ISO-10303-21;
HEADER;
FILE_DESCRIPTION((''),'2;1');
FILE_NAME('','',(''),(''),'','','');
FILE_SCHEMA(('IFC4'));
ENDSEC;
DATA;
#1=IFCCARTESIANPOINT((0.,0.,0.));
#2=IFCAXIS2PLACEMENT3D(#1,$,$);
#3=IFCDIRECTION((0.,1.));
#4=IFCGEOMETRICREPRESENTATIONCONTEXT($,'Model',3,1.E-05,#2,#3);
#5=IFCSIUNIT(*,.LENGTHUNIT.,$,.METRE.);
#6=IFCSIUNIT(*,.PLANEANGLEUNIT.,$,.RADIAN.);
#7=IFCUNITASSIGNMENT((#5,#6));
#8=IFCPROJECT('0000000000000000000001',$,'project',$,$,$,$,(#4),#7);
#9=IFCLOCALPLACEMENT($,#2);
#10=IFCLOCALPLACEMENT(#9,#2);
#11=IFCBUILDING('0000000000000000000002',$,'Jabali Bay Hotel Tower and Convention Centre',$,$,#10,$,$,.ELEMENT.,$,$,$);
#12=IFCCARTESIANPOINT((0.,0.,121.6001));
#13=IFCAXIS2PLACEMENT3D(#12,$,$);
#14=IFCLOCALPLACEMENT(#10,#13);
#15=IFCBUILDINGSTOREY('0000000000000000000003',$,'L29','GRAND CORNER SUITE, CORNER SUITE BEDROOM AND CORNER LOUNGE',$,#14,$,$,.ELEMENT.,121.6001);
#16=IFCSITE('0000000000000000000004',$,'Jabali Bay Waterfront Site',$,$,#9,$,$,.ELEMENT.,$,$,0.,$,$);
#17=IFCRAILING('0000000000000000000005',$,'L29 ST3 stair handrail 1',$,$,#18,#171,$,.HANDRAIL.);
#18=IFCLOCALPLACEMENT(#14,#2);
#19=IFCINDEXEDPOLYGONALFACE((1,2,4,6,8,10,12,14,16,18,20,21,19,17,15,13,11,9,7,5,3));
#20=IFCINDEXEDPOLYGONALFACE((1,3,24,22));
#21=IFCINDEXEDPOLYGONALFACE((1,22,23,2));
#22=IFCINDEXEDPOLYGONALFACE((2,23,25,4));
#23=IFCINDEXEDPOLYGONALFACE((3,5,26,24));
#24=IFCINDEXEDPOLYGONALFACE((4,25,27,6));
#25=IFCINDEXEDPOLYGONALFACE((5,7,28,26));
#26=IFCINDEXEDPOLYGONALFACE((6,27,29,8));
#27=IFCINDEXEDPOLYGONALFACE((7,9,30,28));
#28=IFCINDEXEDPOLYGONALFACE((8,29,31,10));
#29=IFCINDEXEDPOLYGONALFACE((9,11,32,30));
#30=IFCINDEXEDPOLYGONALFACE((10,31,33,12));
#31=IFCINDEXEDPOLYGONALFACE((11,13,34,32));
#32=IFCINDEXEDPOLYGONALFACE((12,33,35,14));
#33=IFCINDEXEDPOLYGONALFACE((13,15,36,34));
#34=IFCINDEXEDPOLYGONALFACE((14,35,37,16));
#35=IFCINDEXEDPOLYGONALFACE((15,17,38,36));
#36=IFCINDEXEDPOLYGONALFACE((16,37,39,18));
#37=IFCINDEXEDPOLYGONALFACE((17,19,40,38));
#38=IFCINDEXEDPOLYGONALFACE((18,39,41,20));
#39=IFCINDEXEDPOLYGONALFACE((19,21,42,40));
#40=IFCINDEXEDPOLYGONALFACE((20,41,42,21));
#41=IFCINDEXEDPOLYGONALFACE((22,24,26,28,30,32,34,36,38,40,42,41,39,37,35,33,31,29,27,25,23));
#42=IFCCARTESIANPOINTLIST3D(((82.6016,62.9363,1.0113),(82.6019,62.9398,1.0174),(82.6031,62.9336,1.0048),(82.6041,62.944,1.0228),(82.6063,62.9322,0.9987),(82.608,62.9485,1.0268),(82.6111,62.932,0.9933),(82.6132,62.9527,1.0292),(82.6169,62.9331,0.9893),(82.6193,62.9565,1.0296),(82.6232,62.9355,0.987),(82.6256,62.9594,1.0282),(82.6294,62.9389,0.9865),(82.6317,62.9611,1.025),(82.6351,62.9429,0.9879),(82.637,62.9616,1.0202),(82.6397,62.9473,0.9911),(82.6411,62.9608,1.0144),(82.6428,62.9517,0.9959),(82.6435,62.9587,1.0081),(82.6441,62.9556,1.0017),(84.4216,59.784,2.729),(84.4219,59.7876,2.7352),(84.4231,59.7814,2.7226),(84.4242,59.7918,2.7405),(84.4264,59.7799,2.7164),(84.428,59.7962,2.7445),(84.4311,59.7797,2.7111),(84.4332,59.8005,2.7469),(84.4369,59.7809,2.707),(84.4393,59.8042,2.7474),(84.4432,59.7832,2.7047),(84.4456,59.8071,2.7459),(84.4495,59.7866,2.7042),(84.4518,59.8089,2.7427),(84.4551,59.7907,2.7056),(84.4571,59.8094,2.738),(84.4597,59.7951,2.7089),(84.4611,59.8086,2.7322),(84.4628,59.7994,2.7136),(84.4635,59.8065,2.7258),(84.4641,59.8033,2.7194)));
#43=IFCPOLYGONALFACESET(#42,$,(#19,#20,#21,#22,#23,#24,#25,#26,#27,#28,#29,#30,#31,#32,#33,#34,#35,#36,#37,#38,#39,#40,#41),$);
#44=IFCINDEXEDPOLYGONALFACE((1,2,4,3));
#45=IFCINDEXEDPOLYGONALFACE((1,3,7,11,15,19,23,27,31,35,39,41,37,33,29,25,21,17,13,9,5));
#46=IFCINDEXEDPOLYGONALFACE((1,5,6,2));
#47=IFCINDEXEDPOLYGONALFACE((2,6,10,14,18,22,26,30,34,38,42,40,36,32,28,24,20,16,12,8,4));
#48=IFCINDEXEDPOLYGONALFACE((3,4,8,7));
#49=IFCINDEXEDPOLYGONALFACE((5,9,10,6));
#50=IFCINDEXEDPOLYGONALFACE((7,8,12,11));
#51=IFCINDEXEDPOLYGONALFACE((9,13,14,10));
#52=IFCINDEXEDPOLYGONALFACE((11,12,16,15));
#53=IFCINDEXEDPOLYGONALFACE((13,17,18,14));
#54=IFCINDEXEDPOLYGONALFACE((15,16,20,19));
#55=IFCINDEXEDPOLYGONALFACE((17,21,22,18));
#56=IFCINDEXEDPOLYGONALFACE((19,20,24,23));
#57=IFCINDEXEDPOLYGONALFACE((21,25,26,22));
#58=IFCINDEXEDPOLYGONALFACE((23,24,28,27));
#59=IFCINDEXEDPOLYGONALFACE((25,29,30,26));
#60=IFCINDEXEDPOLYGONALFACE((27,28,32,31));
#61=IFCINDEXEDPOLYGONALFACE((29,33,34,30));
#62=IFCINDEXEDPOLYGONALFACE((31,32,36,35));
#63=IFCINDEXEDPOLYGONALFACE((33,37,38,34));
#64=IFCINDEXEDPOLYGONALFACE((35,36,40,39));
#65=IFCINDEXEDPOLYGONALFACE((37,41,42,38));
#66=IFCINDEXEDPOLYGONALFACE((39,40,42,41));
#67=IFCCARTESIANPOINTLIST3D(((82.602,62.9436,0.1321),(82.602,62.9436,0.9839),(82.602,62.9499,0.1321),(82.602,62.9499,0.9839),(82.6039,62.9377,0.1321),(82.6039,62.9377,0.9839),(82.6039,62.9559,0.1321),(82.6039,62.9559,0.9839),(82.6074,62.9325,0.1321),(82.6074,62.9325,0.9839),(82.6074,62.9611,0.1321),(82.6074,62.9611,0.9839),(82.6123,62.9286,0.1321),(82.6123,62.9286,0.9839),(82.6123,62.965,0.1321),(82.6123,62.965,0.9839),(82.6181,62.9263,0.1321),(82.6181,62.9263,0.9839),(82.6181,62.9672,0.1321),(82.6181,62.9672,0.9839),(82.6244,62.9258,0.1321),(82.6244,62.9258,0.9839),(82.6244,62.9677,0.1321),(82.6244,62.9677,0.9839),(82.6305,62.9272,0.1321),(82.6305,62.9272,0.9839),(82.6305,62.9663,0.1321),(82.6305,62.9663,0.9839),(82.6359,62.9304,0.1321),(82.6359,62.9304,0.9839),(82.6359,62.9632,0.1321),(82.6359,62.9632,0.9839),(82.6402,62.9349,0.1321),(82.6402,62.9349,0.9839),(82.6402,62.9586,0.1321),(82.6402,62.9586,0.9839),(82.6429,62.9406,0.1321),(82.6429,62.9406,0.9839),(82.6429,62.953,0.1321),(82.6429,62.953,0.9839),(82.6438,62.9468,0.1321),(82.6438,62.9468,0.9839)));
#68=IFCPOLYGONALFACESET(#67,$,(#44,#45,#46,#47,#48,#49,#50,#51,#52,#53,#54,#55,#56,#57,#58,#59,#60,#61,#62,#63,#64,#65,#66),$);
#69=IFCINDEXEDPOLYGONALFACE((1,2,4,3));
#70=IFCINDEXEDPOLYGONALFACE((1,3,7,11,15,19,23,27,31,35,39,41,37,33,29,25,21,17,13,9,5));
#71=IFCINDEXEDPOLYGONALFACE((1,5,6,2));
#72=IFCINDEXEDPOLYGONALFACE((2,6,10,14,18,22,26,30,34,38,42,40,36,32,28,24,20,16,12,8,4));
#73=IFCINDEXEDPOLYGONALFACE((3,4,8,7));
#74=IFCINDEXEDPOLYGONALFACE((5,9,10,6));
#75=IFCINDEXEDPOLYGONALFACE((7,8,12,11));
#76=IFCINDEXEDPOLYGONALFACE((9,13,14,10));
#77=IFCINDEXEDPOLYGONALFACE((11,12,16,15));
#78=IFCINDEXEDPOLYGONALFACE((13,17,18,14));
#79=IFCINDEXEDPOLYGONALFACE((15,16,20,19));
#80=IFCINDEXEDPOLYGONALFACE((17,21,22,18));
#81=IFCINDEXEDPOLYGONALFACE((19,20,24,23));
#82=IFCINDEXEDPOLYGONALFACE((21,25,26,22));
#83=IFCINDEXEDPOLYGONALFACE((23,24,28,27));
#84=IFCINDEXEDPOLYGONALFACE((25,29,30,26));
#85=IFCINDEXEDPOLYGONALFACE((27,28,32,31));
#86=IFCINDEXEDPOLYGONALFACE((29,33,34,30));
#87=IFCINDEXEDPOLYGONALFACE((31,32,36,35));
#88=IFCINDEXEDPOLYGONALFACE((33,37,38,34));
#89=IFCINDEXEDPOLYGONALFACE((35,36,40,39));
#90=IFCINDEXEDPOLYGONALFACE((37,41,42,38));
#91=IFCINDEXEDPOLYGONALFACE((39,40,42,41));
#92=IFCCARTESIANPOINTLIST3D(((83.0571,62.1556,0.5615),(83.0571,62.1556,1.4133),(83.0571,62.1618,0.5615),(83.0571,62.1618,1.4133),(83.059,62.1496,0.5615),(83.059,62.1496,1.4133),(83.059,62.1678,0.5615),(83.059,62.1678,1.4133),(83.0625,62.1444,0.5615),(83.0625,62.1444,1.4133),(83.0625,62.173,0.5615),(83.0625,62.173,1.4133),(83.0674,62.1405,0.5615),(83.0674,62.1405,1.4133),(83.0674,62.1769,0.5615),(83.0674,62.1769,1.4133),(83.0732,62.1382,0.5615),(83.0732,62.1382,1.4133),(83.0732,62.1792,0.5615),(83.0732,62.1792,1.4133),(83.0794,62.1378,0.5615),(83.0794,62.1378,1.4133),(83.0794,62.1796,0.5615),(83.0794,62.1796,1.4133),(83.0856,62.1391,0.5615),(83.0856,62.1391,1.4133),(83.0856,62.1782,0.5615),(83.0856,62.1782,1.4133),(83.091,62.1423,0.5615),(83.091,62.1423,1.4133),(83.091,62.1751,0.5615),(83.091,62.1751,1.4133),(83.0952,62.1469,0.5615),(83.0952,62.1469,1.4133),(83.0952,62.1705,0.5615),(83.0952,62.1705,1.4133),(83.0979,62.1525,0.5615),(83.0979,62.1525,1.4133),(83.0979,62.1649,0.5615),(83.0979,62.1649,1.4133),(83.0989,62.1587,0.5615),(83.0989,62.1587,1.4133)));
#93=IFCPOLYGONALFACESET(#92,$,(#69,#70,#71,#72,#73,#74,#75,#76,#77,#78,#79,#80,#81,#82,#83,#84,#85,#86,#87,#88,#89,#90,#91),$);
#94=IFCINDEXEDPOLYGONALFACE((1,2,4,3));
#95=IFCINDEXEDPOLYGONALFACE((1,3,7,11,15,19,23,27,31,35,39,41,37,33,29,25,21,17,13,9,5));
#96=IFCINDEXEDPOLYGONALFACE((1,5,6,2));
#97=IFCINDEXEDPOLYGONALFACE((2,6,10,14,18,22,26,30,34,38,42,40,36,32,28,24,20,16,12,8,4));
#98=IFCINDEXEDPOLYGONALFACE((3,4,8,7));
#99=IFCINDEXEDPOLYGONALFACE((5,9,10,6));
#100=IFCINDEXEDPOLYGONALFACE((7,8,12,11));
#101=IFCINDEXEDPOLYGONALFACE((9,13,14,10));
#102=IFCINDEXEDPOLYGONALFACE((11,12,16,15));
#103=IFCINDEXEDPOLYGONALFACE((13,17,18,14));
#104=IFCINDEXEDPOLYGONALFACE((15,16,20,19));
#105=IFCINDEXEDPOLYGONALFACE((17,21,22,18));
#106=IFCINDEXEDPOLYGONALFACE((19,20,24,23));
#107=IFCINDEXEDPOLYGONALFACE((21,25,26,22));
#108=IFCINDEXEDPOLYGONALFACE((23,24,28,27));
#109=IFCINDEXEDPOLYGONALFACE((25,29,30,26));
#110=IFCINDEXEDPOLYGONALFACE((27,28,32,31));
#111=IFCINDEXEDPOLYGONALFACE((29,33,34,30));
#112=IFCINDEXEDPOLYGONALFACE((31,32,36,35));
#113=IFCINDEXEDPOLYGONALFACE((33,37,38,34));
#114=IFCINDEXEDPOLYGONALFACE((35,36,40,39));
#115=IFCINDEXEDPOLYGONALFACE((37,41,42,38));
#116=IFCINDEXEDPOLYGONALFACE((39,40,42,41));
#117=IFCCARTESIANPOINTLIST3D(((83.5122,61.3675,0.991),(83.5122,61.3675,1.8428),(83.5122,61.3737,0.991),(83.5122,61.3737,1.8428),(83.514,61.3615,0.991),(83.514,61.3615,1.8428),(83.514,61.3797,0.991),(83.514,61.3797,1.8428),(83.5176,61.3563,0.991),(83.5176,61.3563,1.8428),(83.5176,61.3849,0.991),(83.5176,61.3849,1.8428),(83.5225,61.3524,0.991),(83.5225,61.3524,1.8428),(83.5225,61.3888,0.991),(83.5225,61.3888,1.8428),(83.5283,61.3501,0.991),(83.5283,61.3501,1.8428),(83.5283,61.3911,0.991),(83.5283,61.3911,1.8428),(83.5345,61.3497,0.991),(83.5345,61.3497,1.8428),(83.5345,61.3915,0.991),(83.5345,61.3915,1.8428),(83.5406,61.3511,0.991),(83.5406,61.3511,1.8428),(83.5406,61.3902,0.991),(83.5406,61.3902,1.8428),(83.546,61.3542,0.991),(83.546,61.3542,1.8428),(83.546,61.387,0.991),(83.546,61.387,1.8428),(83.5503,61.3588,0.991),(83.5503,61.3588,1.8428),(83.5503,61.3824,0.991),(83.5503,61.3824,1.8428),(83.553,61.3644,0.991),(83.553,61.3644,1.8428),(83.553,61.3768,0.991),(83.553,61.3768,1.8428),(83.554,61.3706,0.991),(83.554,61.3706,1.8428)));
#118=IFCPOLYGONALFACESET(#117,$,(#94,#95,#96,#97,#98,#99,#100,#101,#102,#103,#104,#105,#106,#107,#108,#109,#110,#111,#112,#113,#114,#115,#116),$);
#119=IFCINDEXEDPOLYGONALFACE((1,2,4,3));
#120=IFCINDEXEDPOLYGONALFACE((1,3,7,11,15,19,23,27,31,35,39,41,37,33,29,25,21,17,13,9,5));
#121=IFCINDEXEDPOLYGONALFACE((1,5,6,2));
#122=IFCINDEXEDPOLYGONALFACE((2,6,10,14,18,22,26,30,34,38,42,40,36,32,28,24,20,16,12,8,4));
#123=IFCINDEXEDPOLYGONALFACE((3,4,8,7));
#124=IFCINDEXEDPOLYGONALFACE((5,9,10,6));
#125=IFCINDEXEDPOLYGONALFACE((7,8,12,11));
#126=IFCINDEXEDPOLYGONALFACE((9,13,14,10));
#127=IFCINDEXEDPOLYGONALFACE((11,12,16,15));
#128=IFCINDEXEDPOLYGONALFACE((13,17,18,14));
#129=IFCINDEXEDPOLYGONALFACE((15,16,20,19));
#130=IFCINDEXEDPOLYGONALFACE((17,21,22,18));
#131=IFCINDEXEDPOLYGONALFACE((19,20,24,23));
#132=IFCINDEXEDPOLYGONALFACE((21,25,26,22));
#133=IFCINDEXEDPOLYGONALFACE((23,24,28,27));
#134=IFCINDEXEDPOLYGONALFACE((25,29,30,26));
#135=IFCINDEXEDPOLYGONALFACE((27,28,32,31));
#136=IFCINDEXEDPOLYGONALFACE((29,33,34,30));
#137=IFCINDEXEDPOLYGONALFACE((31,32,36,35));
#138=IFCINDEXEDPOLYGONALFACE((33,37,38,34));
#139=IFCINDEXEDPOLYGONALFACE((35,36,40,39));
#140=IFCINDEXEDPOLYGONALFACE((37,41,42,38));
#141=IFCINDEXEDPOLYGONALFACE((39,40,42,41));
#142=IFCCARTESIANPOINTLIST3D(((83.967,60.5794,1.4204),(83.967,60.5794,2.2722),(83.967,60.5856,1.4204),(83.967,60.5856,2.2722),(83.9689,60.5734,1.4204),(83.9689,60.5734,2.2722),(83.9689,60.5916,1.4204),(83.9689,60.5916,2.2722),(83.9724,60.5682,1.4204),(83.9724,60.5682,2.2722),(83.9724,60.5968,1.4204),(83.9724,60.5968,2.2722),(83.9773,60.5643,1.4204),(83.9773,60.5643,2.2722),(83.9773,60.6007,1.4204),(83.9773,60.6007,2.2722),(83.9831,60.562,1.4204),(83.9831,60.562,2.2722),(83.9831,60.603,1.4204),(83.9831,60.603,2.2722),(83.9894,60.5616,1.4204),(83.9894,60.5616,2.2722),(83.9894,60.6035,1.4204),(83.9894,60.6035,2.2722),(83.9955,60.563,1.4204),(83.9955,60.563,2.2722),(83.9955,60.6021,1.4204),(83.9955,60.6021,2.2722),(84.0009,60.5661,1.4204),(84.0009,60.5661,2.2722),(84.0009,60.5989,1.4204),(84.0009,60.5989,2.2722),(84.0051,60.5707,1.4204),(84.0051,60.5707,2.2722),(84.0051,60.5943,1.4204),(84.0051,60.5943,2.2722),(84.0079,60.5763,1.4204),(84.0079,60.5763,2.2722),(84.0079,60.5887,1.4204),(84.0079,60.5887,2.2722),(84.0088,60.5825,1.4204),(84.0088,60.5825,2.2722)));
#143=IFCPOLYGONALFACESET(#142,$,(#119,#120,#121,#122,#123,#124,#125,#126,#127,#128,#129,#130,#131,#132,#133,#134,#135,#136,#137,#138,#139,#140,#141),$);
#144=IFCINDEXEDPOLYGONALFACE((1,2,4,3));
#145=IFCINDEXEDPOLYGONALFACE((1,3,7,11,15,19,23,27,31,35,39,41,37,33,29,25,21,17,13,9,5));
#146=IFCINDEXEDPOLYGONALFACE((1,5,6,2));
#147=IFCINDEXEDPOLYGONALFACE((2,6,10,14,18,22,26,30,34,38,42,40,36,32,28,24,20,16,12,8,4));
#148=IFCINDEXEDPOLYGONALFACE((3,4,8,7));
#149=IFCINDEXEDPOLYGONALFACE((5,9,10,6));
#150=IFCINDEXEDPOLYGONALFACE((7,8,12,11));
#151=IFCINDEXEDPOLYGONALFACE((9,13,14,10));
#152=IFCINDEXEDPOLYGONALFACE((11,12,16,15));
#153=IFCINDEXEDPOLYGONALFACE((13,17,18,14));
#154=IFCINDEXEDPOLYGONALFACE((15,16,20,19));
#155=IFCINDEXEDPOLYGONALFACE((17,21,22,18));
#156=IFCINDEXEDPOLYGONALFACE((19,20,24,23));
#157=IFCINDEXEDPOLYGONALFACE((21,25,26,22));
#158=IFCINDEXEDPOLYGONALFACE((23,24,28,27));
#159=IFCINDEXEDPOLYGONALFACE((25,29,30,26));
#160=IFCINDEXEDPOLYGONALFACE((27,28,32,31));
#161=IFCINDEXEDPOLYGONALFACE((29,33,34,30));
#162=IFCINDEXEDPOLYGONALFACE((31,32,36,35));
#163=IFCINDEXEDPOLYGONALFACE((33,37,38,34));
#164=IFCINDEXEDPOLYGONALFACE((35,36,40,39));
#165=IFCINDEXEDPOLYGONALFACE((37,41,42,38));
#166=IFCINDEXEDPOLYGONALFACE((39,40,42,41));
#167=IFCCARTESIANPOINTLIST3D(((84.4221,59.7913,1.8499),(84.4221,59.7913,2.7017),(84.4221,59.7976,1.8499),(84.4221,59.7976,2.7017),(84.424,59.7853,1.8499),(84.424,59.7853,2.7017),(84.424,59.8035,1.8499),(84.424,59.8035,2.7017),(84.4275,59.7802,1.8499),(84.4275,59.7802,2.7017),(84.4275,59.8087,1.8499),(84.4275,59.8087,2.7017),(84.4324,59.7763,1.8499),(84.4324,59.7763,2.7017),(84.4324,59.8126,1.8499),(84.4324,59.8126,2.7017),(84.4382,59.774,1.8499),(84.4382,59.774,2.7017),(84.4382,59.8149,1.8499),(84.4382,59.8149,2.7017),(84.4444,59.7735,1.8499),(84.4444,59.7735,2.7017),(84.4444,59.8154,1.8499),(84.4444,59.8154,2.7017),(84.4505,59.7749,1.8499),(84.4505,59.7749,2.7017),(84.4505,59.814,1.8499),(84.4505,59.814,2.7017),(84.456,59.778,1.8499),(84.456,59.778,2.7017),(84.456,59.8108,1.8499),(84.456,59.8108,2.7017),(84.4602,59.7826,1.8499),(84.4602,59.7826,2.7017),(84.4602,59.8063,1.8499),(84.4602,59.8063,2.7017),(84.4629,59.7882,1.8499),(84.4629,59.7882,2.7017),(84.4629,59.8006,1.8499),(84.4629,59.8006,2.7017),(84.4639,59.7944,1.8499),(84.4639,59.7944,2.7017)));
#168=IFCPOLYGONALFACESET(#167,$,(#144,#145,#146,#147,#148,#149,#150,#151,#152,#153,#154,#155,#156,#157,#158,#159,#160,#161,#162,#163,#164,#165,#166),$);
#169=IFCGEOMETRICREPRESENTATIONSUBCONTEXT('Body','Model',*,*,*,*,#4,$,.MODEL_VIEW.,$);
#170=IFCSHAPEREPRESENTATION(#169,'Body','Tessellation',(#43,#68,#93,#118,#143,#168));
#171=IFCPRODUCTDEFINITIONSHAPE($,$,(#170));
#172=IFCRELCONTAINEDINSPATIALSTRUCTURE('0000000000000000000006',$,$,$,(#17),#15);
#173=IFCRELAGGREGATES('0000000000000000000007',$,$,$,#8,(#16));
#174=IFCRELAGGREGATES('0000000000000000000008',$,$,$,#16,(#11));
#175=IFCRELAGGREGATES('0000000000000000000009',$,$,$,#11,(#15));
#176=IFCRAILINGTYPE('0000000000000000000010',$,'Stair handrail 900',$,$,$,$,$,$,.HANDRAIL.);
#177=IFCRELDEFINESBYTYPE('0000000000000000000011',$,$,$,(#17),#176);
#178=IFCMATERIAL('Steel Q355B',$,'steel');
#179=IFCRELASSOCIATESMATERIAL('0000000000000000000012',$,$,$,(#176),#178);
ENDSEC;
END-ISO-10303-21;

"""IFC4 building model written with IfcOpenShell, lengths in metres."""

from ifc_helpers import new_model, si_unit, direction, frame, origin, origin_2d, place, context, subcontext, project, spatial, circle, extrude, material, type_object, element, save


model = new_model("IFC4")

# Units and contexts
model_context = context("Model", 3, precision=1e-05, world=origin(), true_north=direction((0.0, 1.0)))
body_context = subcontext(model_context, "Body", "Model", "MODEL_VIEW")
ifc_project = project(units=[si_unit("LENGTHUNIT", "METRE"), si_unit("PLANEANGLEUNIT", "RADIAN")], contexts=[model_context])

# Site, building, storey
site_placement = place(None, origin())
site = spatial("IfcSite", under=ifc_project, at=site_placement, Name="Jabali Bay Waterfront Site", CompositionType="ELEMENT", RefElevation=0.0)
building_placement = place(site_placement, origin())
building = spatial("IfcBuilding", under=site, at=building_placement, Name="Jabali Bay Hotel Tower and Convention Centre", CompositionType="ELEMENT")
storey_placement = place(building_placement, frame((0.0, 0.0, 121.6001)))
storey = spatial("IfcBuildingStorey", under=building, at=storey_placement, Name="L29", Description="GRAND CORNER SUITE, CORNER SUITE BEDROOM AND CORNER LOUNGE", CompositionType="ELEMENT", Elevation=121.6001)

# Railing
ifc_material_1 = material(Name="Steel Q355B", Category="steel")
railing_type_1 = type_object("IfcRailingType", Name="Stair handrail 900", PredefinedType="HANDRAIL", material=ifc_material_1)
railing_1_placement = place(storey_placement, frame((82.6228, 62.9468, 0.1321)))
element("IfcRailing", 1, at=railing_1_placement, inside=storey, type_object=railing_type_1, Name="L29 ST3 stair handrail 1", PredefinedType="HANDRAIL", context=body_context, shape_type="SweptSolid", body=[
    extrude(circle(Radius=0.0239, at=origin_2d()), frame((0.0, 0.0, 0.876), z_axis=(0.45219, -0.78319, 0.426775), x_axis=(0.866018, 0.500013, 0.0)), (0.0, 0.0, 1.0), 4.0249),
    extrude(circle(Radius=0.021, at=origin_2d()), origin(), (0.0, 0.0, 1.0), 0.8518),
    extrude(circle(Radius=0.021, at=origin_2d()), frame((0.4551, -0.7881, 0.4294)), (0.0, 0.0, 1.0), 0.8518),
    extrude(circle(Radius=0.021, at=origin_2d()), frame((0.9102, -1.5762, 0.8589)), (0.0, 0.0, 1.0), 0.8518),
    extrude(circle(Radius=0.021, at=origin_2d()), frame((1.365, -2.3643, 1.2883)), (0.0, 0.0, 1.0), 0.8518),
    extrude(circle(Radius=0.021, at=origin_2d()), frame((1.8201, -3.1523, 1.7178)), (0.0, 0.0, 1.0), 0.8518),
])

save(model, "model.ifc")
